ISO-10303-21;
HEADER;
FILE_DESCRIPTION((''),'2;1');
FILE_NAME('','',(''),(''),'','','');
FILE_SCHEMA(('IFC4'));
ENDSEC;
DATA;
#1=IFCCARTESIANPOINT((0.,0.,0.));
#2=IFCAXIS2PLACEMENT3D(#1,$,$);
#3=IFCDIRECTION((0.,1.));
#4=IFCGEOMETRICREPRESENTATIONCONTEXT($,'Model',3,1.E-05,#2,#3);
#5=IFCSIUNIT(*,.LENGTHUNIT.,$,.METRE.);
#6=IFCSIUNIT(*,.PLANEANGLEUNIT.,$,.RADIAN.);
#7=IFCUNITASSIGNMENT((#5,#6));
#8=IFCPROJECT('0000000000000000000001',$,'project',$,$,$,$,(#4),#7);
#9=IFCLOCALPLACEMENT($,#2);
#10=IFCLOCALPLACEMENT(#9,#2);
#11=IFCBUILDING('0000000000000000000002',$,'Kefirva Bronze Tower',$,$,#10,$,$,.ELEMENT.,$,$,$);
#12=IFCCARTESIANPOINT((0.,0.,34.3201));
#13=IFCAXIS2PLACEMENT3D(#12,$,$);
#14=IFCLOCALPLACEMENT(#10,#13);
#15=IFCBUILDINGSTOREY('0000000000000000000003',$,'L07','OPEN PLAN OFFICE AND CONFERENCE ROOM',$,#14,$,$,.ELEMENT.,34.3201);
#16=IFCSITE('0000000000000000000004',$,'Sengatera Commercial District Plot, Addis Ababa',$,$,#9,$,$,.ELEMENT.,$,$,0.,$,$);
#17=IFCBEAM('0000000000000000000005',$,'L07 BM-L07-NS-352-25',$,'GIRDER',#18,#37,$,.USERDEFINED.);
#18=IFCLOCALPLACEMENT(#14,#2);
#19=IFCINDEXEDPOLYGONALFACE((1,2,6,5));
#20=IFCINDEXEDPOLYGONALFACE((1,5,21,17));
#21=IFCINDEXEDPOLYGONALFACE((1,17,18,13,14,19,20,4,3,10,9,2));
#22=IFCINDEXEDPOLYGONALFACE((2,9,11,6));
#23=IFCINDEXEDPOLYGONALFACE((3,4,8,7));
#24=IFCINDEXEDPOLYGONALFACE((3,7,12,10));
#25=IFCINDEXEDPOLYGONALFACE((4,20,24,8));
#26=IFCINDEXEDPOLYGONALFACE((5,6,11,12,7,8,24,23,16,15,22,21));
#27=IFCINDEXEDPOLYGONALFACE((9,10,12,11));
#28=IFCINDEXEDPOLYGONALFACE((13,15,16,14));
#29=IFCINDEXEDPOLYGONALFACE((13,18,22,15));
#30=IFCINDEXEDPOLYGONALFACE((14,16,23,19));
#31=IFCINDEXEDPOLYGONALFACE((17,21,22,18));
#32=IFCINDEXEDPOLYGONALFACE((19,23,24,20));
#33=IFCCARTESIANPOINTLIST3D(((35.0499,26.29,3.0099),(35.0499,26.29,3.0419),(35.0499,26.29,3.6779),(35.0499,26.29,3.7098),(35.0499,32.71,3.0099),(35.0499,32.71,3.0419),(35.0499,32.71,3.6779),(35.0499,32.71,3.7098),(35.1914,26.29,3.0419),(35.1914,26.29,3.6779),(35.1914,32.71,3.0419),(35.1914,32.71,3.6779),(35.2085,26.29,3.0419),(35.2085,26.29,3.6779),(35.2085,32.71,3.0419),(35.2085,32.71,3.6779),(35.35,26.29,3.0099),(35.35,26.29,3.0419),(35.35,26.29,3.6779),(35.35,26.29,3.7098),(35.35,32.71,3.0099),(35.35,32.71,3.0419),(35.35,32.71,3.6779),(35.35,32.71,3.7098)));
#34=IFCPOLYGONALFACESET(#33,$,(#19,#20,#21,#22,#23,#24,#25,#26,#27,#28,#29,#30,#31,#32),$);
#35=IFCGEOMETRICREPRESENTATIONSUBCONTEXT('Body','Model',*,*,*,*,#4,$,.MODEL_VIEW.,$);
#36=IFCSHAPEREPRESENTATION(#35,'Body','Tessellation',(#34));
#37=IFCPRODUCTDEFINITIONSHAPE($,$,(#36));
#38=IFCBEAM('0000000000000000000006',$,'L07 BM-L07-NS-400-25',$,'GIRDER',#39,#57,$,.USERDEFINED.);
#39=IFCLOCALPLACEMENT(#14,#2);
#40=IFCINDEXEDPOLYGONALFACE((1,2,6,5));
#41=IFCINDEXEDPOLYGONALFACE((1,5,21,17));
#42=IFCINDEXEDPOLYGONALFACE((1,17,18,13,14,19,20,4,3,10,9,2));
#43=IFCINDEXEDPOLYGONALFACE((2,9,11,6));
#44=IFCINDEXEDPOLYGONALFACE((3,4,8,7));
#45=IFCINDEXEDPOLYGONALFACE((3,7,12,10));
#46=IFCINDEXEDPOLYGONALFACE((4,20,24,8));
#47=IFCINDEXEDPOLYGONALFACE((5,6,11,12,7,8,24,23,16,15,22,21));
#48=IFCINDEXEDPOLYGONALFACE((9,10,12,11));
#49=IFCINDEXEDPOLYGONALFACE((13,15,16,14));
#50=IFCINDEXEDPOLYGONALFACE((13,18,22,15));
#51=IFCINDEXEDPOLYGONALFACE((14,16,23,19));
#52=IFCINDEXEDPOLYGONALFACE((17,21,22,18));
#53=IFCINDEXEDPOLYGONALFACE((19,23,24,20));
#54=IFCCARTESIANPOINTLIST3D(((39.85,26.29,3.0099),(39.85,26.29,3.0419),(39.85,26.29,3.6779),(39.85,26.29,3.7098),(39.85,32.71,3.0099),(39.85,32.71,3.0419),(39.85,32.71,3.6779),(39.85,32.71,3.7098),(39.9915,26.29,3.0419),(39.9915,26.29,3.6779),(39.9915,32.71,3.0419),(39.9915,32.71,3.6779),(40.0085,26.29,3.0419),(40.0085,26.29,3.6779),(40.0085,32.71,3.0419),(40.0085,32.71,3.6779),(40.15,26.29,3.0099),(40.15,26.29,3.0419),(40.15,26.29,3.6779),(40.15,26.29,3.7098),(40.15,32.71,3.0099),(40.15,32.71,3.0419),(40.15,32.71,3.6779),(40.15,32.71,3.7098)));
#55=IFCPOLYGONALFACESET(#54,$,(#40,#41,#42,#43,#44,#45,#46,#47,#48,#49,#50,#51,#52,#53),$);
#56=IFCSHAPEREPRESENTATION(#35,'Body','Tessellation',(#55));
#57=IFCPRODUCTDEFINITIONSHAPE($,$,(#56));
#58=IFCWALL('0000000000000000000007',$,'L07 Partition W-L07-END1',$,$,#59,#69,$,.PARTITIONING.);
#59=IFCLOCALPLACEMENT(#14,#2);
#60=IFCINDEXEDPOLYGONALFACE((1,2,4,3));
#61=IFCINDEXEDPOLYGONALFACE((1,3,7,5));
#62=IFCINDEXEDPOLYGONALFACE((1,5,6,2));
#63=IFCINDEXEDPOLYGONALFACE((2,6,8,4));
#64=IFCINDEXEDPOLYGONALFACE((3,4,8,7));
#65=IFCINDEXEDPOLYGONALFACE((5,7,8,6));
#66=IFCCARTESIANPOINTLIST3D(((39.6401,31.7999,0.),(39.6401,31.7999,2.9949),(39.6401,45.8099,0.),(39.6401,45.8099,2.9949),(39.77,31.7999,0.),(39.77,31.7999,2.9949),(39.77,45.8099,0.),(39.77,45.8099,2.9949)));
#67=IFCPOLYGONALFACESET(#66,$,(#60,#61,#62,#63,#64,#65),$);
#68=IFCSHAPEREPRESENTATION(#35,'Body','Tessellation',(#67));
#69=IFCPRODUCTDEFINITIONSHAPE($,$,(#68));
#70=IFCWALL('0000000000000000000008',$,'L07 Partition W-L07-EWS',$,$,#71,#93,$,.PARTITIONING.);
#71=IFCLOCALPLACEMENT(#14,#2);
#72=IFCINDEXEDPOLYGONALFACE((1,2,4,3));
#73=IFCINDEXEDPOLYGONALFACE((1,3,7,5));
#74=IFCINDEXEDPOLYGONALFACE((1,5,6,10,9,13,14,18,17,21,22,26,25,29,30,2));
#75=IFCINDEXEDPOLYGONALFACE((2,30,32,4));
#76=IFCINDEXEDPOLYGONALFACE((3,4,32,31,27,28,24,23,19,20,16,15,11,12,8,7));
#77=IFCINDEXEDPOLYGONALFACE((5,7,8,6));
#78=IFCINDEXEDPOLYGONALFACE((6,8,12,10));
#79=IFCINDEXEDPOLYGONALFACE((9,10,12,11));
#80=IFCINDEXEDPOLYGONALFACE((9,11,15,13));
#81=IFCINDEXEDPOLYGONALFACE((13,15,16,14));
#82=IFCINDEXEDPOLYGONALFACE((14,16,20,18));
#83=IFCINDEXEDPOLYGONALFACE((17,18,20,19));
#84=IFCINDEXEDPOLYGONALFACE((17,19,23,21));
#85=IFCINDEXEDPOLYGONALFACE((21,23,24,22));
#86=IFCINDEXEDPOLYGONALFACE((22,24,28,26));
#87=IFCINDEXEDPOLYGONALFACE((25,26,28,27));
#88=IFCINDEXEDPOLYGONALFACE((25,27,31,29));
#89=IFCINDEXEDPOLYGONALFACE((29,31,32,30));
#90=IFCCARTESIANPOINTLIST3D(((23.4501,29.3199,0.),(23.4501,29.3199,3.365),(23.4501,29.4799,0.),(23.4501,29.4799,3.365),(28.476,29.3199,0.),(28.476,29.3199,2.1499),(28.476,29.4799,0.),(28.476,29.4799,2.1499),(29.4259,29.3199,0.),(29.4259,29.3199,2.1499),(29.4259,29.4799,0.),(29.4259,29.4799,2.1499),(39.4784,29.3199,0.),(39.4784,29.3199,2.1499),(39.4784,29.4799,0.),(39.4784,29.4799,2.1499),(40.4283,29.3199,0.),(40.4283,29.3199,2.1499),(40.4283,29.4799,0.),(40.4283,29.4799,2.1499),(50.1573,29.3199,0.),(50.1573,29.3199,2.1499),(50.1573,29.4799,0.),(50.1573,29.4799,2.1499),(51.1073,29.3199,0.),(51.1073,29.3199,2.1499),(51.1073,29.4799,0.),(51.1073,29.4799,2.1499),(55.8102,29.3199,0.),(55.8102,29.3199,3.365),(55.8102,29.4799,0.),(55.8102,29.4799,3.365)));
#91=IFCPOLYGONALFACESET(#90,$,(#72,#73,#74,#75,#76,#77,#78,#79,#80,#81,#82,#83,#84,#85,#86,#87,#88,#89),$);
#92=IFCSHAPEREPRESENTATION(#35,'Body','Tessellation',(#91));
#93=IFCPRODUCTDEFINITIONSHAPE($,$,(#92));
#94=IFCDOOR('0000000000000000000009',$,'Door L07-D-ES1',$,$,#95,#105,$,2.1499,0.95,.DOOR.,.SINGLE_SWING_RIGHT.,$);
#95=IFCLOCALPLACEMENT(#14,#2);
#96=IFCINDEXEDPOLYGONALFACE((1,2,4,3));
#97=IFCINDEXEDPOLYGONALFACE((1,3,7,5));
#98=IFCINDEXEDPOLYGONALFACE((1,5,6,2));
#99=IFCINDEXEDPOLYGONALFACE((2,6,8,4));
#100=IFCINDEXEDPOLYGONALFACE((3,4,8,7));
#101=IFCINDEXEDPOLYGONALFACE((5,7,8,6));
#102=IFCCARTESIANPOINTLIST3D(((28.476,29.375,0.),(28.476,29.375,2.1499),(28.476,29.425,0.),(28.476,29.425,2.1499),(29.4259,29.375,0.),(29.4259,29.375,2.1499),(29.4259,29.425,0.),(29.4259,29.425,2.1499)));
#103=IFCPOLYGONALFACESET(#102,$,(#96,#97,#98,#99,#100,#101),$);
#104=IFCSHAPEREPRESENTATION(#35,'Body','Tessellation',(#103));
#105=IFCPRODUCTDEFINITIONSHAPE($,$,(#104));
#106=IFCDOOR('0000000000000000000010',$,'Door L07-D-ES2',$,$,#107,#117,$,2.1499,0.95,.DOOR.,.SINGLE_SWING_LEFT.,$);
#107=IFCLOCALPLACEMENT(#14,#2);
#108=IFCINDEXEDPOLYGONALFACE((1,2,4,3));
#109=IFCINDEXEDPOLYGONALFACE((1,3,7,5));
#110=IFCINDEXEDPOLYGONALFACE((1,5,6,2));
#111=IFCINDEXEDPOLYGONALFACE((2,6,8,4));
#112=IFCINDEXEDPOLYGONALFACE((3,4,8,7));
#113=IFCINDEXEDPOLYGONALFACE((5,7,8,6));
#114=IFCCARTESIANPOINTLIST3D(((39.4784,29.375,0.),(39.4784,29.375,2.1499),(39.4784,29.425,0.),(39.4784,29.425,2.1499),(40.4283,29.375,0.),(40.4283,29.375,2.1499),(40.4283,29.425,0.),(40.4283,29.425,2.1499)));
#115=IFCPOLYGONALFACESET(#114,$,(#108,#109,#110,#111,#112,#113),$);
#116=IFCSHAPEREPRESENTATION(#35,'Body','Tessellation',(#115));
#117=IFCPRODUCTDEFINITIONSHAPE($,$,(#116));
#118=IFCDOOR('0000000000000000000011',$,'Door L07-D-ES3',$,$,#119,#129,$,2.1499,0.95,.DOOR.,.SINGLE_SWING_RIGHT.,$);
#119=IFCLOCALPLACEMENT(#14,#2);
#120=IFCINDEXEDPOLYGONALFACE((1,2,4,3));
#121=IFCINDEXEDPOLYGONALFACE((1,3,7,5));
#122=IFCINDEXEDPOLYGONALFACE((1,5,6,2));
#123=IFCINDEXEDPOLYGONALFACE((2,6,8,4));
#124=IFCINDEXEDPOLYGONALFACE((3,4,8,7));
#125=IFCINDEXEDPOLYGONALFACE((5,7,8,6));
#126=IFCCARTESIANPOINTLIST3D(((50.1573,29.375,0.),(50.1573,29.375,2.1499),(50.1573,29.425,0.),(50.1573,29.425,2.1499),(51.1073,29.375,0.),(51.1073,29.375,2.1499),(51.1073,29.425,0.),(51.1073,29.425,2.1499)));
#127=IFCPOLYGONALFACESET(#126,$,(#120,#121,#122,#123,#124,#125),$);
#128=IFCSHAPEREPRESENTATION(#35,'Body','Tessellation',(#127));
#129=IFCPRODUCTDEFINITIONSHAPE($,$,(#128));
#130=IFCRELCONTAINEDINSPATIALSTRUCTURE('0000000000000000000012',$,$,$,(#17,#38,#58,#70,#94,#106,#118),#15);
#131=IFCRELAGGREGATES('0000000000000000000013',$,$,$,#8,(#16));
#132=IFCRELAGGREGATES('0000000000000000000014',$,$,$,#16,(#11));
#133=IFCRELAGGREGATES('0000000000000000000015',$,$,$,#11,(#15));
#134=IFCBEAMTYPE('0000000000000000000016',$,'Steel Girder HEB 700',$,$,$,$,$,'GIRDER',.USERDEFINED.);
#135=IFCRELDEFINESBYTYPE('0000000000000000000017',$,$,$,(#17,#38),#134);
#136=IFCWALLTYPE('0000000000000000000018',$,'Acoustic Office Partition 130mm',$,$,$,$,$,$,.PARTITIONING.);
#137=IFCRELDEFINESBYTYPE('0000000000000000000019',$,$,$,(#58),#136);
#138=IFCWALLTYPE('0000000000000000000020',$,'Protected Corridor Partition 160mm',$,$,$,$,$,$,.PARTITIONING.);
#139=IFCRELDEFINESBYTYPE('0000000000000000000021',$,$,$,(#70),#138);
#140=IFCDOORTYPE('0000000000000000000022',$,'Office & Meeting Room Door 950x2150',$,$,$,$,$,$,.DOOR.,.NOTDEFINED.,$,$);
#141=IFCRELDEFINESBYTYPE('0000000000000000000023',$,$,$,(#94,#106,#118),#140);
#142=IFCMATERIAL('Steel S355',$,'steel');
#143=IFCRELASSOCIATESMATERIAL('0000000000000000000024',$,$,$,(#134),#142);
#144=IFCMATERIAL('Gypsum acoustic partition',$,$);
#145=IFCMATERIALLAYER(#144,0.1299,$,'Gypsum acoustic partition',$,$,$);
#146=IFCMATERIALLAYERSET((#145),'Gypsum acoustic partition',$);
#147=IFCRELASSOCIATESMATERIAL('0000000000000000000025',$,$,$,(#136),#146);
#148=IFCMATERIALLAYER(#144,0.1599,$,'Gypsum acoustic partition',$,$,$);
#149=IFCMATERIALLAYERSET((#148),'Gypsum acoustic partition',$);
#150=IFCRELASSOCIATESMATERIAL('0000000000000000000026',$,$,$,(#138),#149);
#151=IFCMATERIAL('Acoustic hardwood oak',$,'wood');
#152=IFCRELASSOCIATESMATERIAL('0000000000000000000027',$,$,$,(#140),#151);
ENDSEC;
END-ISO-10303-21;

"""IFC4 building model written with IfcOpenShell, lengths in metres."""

from ifc_helpers import new_model, si_unit, direction, frame, frame_2d, origin, origin_2d, place, context, subcontext, project, spatial, rectangle, i_section, extrude, material, layer, layer_set, material_profile, profile_set, type_object, element, fill, save


model = new_model("IFC4")

# Units and contexts
model_context = context("Model", 3, precision=1e-05, world=origin(), true_north=direction((0.0, 1.0)))
body_context = subcontext(model_context, "Body", "Model", "MODEL_VIEW")
ifc_project = project(units=[si_unit("LENGTHUNIT", "METRE"), si_unit("PLANEANGLEUNIT", "RADIAN")], contexts=[model_context])

# Site, building, storey
site_placement = place(None, origin())
site = spatial("IfcSite", under=ifc_project, at=site_placement, Name="Sengatera Commercial District Plot, Addis Ababa", CompositionType="ELEMENT", RefElevation=0.0)
building_placement = place(site_placement, origin())
building = spatial("IfcBuilding", under=site, at=building_placement, Name="Kefirva Bronze Tower", CompositionType="ELEMENT")
storey_placement = place(building_placement, frame((0.0, 0.0, 34.3201)))
storey = spatial("IfcBuildingStorey", under=building, at=storey_placement, Name="L07", Description="OPEN PLAN OFFICE AND CONFERENCE ROOM", CompositionType="ELEMENT", Elevation=34.3201)

# Beams
ifc_material_1 = material(Name="Steel S355", Category="steel")
ifc_material_profile_1 = material_profile(ifc_material_1, i_section(OverallWidth=0.3, OverallDepth=0.7, WebThickness=0.0171, FlangeThickness=0.032, at=origin_2d()), Name="HEB 700")
ifc_profile_set_1 = profile_set([ifc_material_profile_1], Name="Steel S355")
beam_type_1 = type_object("IfcBeamType", Name="Steel Girder HEB 700", ElementType="GIRDER", PredefinedType="USERDEFINED", material=ifc_profile_set_1)
for number, where, z_axis, x_axis, name in (
    (1, (35.2, 26.29, 3.3599), (0.0, 1.0, 0.0), (-1.0, 0.0, 0.0), "L07 BM-L07-NS-352-25"),
    (2, (40.0, 26.29, 3.3599), (0.0, 1.0, 0.0), (-1.0, 0.0, 0.0), "L07 BM-L07-NS-400-25"),
):
    element("IfcBeam", number, at=place(storey_placement, frame(where, z_axis=z_axis, x_axis=x_axis)), inside=storey, type_object=beam_type_1, Name=name, ObjectType="GIRDER", PredefinedType="USERDEFINED", context=body_context, shape_type="SweptSolid", body=[
        extrude(i_section(OverallWidth=0.3, OverallDepth=0.7, WebThickness=0.0171, FlangeThickness=0.032, at=origin_2d()), origin(), (0.0, 0.0, 1.0), 6.4199),
    ])

# Wall
ifc_material_2 = material(Name="Gypsum acoustic partition")
ifc_layer_1 = layer(ifc_material_2, 0.1299, Name="Gypsum acoustic partition")
ifc_layer_set_1 = layer_set([ifc_layer_1], Name="Gypsum acoustic partition")
wall_type_1 = type_object("IfcWallType", Name="Acoustic Office Partition 130mm", PredefinedType="PARTITIONING", material=ifc_layer_set_1)
wall_1_placement = place(storey_placement, frame((39.7051, 31.8, 0.0), z_axis=(0.0, 0.0, 1.0), x_axis=(0.0, 1.0, 0.0)))
element("IfcWall", 3, at=wall_1_placement, inside=storey, type_object=wall_type_1, Name="L07 Partition W-L07-END1", PredefinedType="PARTITIONING", context=body_context, shape_type="SweptSolid", body=[
    extrude(rectangle(XDim=14.01, YDim=0.1299, at=frame_2d((7.0049, 0.0))), origin(), (0.0, 0.0, 1.0), 2.9949),
])

# Wall, openings, doors
ifc_layer_2 = layer(ifc_material_2, 0.1599, Name="Gypsum acoustic partition")
ifc_layer_set_2 = layer_set([ifc_layer_2], Name="Gypsum acoustic partition")
wall_type_2 = type_object("IfcWallType", Name="Protected Corridor Partition 160mm", PredefinedType="PARTITIONING", material=ifc_layer_set_2)
wall_2_placement = place(storey_placement, frame((23.45, 29.3999, 0.0), z_axis=(0.0, 0.0, 1.0), x_axis=(1.0, 0.0, 0.0)))
wall_2 = element("IfcWall", 4, at=wall_2_placement, inside=storey, type_object=wall_type_2, Name="L07 Partition W-L07-EWS", PredefinedType="PARTITIONING", context=body_context, shape_type="SweptSolid", body=[
    extrude(rectangle(XDim=32.3601, YDim=0.1599, at=frame_2d((16.1802, 0.0))), origin(), (0.0, 0.0, 1.0), 3.365),
])
opening_1_placement = place(wall_2_placement, frame((5.9761, 0.0, 0.0), z_axis=(0.0, 0.0, 1.0), x_axis=(-1.0, 0.0, 0.0)))
opening_1 = element("IfcOpeningElement", 5, at=opening_1_placement, cuts=wall_2, PredefinedType="OPENING", context=body_context, shape_type="SweptSolid", body=[
    extrude(rectangle(XDim=0.95, YDim=2.1499, at=frame_2d((0.4751, 1.075))), frame((0.0, 0.0898, 0.0), z_axis=(0.0, -1.0, 0.0), x_axis=(1.0, 0.0, 0.0)), (0.0, 0.0, 1.0), 0.1799),
])
opening_2_placement = place(wall_2_placement, frame((16.9785, 0.0, 0.0), z_axis=(0.0, 0.0, 1.0), x_axis=(-1.0, 0.0, 0.0)))
opening_2 = element("IfcOpeningElement", 6, at=opening_2_placement, cuts=wall_2, PredefinedType="OPENING", context=body_context, shape_type="SweptSolid", body=[
    extrude(rectangle(XDim=0.95, YDim=2.1499, at=frame_2d((0.4751, 1.075))), frame((0.0, 0.0898, 0.0), z_axis=(0.0, -1.0, 0.0), x_axis=(1.0, 0.0, 0.0)), (0.0, 0.0, 1.0), 0.1799),
])
opening_3_placement = place(wall_2_placement, frame((27.6575, 0.0, 0.0), z_axis=(0.0, 0.0, 1.0), x_axis=(-1.0, 0.0, 0.0)))
opening_3 = element("IfcOpeningElement", 7, at=opening_3_placement, cuts=wall_2, PredefinedType="OPENING", context=body_context, shape_type="SweptSolid", body=[
    extrude(rectangle(XDim=0.95, YDim=2.1499, at=frame_2d((0.4751, 1.075))), frame((0.0, 0.0898, 0.0), z_axis=(0.0, -1.0, 0.0), x_axis=(1.0, 0.0, 0.0)), (0.0, 0.0, 1.0), 0.1799),
])
ifc_material_3 = material(Name="Acoustic hardwood oak", Category="wood")
door_type = type_object("IfcDoorType", Name="Office & Meeting Room Door 950x2150", OperationType="NOTDEFINED", PredefinedType="DOOR", material=ifc_material_3)
door_1_placement = place(opening_1_placement, origin())
door_1 = element("IfcDoor", 8, at=door_1_placement, inside=storey, type_object=door_type, Name="Door L07-D-ES1", OperationType="SINGLE_SWING_RIGHT", OverallHeight=2.1499, OverallWidth=0.95, PredefinedType="DOOR", context=body_context, shape_type="SweptSolid", body=[
    extrude(rectangle(XDim=0.95, YDim=2.1499, at=frame_2d((0.4751, 1.075))), frame((0.0, 0.0249, 0.0), z_axis=(0.0, -1.0, 0.0), x_axis=(1.0, 0.0, 0.0)), (0.0, 0.0, 1.0), 0.05),
])
fill(opening_1, door_1)
door_2_placement = place(opening_2_placement, origin())
door_2 = element("IfcDoor", 9, at=door_2_placement, inside=storey, type_object=door_type, Name="Door L07-D-ES2", OperationType="SINGLE_SWING_LEFT", OverallHeight=2.1499, OverallWidth=0.95, PredefinedType="DOOR", context=body_context, shape_type="SweptSolid", body=[
    extrude(rectangle(XDim=0.95, YDim=2.1499, at=frame_2d((0.4751, 1.075))), frame((0.0, 0.0249, 0.0), z_axis=(0.0, -1.0, 0.0), x_axis=(1.0, 0.0, 0.0)), (0.0, 0.0, 1.0), 0.05),
])
fill(opening_2, door_2)
door_3_placement = place(opening_3_placement, origin())
door_3 = element("IfcDoor", 10, at=door_3_placement, inside=storey, type_object=door_type, Name="Door L07-D-ES3", OperationType="SINGLE_SWING_RIGHT", OverallHeight=2.1499, OverallWidth=0.95, PredefinedType="DOOR", context=body_context, shape_type="SweptSolid", body=[
    extrude(rectangle(XDim=0.95, YDim=2.1499, at=frame_2d((0.4751, 1.075))), frame((0.0, 0.0249, 0.0), z_axis=(0.0, -1.0, 0.0), x_axis=(1.0, 0.0, 0.0)), (0.0, 0.0, 1.0), 0.05),
])
fill(opening_3, door_3)

save(model, "model.ifc")
